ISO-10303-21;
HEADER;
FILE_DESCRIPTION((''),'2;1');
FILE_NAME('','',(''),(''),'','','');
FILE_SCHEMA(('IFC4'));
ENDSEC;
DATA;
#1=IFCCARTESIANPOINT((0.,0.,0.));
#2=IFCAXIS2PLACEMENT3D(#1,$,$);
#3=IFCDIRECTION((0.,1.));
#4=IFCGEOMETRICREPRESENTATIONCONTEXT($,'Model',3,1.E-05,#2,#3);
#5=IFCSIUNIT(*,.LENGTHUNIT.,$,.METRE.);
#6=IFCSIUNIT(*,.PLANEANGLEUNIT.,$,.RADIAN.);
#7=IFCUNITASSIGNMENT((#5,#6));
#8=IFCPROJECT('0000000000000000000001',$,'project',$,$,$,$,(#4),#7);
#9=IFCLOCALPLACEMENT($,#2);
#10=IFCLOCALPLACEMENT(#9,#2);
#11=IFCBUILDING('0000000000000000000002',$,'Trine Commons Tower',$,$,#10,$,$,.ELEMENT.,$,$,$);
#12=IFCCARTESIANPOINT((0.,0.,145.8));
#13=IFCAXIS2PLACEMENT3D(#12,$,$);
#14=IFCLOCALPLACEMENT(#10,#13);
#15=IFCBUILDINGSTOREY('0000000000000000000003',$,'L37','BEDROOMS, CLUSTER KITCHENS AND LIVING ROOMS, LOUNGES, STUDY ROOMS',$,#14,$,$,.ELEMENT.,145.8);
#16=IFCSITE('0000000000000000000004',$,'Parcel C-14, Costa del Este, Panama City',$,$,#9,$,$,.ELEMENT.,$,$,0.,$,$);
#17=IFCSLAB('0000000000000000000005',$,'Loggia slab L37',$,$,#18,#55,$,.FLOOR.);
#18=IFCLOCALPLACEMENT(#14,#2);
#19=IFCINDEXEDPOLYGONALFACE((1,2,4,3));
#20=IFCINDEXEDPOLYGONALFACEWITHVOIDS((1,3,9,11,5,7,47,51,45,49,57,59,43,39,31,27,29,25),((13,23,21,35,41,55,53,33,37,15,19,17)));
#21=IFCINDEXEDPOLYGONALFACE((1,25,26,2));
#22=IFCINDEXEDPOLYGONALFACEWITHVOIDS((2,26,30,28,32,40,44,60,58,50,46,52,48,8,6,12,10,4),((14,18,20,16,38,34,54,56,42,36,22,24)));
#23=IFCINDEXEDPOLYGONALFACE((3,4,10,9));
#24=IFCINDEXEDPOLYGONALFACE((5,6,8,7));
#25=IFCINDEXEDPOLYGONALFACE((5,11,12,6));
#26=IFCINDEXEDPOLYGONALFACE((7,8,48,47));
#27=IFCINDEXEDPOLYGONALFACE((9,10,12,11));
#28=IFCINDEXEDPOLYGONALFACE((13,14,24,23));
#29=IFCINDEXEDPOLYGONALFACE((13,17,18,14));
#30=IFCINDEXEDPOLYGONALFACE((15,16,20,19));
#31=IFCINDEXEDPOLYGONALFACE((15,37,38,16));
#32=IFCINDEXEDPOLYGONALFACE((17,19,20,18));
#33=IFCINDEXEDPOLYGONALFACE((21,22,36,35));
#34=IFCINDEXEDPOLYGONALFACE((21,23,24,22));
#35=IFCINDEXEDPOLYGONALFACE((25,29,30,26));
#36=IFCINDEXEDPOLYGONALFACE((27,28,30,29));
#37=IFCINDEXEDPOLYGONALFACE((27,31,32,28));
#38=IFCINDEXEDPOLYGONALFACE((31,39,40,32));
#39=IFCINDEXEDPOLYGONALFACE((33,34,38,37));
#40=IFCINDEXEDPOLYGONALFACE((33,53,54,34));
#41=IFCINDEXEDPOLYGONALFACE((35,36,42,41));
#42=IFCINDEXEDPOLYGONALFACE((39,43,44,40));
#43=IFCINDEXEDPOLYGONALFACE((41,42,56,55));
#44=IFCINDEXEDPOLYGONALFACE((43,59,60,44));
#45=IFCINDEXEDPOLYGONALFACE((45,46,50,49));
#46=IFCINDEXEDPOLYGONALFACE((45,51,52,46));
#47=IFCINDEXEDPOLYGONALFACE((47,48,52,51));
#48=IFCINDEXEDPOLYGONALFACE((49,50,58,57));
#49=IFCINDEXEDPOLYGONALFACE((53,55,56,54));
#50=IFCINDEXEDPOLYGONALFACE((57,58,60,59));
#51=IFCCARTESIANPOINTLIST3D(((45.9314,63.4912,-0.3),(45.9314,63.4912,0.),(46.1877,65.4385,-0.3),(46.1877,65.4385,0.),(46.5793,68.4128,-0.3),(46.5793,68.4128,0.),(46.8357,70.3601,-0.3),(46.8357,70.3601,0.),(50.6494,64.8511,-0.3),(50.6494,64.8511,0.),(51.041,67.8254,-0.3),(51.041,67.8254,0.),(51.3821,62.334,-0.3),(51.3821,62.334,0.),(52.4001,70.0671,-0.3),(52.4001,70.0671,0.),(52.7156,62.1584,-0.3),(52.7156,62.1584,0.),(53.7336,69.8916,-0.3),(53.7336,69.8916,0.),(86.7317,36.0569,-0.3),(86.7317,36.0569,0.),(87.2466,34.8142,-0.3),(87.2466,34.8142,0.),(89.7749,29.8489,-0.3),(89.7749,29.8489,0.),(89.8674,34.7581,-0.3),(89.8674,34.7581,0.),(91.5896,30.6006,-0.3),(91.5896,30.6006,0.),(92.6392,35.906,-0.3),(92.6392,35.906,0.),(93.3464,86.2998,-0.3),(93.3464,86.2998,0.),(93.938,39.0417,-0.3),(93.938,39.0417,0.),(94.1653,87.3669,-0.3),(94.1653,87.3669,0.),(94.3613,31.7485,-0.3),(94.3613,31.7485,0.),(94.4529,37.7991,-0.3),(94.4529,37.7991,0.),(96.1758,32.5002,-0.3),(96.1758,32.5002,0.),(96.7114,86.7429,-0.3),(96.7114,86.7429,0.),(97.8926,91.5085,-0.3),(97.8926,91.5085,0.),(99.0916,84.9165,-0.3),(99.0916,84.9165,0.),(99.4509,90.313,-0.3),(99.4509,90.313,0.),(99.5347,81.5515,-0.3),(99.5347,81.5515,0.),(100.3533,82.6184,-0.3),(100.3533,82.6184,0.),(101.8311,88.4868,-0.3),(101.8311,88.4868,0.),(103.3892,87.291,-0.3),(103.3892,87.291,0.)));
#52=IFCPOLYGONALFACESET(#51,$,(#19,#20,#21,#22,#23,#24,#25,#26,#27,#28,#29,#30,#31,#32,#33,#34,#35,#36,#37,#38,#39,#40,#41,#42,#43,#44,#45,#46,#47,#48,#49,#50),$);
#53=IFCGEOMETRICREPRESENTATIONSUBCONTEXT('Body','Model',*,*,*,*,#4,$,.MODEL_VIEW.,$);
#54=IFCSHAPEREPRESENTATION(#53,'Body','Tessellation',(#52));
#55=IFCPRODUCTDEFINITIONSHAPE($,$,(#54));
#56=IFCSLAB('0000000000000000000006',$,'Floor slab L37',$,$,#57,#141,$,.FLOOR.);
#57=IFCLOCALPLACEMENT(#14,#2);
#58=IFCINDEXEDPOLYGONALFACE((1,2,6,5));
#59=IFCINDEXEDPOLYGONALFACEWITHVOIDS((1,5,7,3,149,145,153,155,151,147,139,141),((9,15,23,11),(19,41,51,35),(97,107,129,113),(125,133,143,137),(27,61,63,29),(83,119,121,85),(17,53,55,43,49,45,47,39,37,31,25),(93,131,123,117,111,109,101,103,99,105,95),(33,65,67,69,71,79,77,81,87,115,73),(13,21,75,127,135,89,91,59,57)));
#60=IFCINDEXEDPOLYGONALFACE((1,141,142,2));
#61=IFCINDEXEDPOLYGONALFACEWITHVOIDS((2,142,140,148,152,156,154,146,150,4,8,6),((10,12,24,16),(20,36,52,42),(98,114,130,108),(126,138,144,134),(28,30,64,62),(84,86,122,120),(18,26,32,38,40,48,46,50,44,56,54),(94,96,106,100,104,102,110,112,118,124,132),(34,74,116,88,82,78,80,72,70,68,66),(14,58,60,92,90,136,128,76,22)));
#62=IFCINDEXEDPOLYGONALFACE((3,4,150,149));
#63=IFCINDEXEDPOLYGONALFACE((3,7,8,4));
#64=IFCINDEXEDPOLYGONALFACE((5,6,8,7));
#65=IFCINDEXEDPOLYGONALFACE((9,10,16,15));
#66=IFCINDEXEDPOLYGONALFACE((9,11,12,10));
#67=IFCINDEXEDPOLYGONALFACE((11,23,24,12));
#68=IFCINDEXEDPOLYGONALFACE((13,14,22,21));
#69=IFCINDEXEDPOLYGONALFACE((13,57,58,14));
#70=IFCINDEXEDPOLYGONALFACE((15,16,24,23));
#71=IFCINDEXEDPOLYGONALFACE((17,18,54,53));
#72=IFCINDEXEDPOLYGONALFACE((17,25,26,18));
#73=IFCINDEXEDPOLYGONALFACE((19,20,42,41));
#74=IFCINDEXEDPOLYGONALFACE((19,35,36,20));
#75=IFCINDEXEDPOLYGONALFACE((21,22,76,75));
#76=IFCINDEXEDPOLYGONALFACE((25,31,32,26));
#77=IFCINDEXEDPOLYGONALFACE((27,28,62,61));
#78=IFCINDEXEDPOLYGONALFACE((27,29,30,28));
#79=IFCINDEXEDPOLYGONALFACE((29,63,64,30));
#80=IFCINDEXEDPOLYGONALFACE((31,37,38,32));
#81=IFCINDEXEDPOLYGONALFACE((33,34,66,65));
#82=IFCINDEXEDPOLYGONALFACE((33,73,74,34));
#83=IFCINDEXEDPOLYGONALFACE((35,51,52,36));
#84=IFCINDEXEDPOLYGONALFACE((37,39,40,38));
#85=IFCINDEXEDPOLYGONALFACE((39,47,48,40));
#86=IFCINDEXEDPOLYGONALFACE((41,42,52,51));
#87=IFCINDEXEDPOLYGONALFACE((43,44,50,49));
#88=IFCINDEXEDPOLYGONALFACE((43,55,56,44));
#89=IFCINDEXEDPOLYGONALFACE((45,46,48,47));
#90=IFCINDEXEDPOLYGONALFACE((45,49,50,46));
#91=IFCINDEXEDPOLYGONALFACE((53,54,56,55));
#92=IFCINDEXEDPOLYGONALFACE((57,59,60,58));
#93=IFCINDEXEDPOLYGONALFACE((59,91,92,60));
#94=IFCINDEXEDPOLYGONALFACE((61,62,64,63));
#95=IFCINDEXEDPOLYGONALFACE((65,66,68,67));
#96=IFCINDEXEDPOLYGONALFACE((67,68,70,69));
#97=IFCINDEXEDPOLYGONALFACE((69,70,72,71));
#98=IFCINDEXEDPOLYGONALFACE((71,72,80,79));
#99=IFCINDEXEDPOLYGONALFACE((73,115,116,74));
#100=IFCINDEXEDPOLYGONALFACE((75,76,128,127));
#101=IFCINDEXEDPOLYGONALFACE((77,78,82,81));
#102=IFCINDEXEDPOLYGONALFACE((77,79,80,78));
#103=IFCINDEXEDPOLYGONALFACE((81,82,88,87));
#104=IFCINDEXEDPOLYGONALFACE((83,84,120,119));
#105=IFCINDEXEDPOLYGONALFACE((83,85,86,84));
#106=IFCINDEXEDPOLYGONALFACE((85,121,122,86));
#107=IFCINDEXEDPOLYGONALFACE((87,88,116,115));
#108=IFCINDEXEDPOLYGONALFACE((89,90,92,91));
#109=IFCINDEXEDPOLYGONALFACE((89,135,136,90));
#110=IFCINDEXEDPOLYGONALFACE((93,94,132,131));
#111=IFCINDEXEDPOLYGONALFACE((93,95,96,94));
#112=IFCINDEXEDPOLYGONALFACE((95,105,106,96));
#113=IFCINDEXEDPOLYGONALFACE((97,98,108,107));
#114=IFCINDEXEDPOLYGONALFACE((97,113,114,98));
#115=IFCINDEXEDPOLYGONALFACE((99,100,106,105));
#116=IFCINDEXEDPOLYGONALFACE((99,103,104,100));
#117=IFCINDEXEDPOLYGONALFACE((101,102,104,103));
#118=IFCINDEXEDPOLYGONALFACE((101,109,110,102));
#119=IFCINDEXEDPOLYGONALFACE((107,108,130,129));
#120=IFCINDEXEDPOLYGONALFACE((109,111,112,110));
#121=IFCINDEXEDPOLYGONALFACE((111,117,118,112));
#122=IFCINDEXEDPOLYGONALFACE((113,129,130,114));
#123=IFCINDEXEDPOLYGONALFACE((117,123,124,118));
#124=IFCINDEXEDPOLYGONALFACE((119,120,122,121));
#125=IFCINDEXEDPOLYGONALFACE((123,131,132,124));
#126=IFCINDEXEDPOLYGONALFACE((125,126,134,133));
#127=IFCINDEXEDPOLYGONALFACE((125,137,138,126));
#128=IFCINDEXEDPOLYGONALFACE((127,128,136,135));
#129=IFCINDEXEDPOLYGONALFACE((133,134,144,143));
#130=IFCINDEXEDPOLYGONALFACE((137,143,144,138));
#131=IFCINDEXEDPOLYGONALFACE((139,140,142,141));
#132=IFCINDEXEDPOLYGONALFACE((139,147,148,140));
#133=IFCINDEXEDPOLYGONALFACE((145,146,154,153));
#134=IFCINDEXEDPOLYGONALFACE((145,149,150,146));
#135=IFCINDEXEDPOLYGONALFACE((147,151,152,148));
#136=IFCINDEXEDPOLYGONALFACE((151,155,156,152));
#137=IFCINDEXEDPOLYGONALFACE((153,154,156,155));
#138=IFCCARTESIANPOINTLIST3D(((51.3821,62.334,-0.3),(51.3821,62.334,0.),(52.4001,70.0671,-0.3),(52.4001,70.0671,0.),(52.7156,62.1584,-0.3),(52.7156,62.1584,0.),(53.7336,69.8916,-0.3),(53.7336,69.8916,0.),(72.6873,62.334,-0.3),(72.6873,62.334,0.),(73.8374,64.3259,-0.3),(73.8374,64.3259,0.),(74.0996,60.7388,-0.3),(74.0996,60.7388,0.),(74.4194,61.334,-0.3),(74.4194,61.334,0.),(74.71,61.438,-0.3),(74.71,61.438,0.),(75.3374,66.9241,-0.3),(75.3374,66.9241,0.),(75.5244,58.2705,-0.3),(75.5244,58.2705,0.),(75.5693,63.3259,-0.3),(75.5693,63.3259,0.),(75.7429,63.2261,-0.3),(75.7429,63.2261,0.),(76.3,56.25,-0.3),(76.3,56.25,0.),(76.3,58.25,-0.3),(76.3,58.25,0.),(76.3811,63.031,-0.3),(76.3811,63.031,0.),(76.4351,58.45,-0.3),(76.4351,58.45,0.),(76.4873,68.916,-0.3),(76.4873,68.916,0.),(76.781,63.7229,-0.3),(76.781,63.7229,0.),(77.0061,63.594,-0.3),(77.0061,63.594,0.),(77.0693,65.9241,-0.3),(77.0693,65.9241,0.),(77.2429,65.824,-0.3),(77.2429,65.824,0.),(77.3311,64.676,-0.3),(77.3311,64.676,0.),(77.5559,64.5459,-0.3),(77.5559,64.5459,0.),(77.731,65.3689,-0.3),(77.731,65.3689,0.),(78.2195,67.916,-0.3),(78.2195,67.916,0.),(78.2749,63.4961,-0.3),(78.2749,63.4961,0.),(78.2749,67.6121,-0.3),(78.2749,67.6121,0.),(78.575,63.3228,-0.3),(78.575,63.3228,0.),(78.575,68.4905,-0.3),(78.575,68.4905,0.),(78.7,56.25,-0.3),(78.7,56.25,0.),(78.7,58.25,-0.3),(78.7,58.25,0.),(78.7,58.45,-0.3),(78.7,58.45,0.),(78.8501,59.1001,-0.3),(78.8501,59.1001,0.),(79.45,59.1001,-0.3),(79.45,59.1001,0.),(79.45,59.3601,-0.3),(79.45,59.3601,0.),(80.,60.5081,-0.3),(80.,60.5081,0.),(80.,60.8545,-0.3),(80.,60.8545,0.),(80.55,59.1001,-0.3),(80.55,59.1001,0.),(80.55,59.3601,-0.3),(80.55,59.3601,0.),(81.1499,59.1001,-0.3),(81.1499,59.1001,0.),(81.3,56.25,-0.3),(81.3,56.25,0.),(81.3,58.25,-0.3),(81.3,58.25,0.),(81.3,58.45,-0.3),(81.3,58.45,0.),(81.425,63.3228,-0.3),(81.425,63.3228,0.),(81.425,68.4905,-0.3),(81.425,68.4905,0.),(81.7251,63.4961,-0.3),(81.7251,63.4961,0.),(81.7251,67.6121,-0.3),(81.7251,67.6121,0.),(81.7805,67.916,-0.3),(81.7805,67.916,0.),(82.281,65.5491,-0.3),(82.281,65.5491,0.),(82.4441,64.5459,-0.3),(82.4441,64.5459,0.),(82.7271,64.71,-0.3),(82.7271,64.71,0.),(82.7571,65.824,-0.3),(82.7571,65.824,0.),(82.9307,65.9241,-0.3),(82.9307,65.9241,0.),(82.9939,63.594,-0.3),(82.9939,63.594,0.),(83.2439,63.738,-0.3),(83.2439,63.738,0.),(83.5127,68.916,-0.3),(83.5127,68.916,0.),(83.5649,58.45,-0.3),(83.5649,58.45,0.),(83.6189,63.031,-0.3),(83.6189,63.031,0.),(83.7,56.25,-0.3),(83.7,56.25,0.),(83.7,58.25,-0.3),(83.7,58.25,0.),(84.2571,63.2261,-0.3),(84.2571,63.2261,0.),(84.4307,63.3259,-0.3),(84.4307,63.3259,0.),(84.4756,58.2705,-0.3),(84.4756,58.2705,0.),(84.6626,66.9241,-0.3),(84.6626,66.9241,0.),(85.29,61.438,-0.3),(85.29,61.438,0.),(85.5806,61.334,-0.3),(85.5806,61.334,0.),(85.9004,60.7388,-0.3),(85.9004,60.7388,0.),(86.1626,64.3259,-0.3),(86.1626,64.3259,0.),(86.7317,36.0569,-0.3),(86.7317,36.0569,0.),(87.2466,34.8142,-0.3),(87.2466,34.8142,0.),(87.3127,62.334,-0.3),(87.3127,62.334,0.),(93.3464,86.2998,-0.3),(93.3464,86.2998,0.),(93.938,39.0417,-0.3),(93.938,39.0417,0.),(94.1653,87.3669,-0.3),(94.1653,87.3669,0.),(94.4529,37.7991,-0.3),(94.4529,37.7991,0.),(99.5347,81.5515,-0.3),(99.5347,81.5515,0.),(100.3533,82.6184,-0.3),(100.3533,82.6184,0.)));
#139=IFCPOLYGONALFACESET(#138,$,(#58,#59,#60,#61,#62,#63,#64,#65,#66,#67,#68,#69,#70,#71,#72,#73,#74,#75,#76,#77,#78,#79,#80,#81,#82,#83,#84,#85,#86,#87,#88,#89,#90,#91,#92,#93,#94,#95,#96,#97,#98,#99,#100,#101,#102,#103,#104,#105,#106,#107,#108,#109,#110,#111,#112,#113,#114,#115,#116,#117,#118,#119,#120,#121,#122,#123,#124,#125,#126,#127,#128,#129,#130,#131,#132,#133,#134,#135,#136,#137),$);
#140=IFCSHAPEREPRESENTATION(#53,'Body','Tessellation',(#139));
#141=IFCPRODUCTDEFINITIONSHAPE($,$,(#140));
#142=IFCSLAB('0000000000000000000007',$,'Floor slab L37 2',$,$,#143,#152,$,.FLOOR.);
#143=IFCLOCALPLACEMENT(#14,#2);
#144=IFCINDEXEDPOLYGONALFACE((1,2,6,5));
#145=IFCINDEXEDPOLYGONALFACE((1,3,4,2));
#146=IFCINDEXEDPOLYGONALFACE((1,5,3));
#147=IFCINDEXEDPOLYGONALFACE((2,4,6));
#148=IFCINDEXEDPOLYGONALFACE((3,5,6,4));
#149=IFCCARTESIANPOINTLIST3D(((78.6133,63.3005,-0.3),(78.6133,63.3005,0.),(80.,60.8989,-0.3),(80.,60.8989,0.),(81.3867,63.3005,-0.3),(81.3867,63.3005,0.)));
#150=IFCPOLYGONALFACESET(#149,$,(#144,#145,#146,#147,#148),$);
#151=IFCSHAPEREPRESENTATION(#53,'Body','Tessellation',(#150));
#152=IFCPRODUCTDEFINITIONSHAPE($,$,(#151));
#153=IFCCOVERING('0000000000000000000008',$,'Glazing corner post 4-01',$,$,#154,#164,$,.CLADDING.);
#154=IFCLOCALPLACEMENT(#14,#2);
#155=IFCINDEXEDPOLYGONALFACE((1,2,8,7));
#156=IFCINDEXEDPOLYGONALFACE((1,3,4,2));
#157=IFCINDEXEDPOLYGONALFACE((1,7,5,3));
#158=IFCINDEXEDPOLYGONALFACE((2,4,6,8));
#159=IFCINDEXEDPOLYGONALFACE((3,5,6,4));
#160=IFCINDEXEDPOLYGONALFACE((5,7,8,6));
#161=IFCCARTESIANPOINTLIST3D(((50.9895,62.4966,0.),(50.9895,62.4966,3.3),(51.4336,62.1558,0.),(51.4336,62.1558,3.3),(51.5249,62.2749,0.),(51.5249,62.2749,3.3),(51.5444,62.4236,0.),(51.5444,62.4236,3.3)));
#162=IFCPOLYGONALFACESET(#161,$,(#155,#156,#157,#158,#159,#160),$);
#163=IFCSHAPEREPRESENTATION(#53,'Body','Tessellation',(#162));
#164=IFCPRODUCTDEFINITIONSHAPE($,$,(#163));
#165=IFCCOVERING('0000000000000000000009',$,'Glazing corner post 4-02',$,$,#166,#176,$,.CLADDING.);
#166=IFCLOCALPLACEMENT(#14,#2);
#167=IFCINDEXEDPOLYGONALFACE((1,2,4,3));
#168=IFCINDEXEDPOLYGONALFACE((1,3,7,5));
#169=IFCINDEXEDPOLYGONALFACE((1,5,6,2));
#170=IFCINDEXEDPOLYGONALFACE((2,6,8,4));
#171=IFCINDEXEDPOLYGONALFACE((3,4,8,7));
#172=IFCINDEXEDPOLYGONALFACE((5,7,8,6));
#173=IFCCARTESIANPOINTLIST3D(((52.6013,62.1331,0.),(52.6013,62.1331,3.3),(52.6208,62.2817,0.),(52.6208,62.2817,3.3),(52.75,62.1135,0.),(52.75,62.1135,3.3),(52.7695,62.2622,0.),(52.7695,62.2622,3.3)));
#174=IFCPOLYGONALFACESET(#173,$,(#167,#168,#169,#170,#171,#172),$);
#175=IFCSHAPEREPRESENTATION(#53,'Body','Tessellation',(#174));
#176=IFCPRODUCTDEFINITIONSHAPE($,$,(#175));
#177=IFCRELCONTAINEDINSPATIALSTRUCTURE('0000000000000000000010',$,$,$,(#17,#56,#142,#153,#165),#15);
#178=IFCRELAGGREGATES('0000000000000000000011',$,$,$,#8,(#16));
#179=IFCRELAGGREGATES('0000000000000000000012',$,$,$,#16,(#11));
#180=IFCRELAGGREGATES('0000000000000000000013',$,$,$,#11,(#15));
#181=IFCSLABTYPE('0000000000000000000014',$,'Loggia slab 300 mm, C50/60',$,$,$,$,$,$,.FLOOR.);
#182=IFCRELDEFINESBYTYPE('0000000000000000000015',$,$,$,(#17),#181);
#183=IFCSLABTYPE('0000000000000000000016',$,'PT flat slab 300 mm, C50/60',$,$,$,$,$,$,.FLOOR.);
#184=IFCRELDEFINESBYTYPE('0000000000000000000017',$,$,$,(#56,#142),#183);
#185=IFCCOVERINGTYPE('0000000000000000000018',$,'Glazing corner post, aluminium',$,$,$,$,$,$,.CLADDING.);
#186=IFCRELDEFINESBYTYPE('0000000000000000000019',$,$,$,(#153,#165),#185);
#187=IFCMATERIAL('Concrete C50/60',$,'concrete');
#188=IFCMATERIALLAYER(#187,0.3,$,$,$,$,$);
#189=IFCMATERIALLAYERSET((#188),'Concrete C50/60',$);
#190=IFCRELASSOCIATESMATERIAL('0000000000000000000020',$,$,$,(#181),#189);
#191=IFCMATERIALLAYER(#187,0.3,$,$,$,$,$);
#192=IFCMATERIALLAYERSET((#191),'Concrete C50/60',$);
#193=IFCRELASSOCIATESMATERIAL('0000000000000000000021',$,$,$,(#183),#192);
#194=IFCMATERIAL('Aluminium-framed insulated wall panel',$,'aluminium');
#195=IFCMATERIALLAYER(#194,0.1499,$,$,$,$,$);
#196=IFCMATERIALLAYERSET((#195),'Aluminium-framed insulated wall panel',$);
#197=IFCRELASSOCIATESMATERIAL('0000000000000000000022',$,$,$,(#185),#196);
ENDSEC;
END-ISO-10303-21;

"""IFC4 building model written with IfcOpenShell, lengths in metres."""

from ifc_helpers import new_model, si_unit, direction, frame, origin, place, context, subcontext, project, spatial, polyline, outline, extrude, material, layer, layer_set, type_object, element, save


model = new_model("IFC4")

# Units and contexts
model_context = context("Model", 3, precision=1e-05, world=origin(), true_north=direction((0.0, 1.0)))
body_context = subcontext(model_context, "Body", "Model", "MODEL_VIEW")
ifc_project = project(units=[si_unit("LENGTHUNIT", "METRE"), si_unit("PLANEANGLEUNIT", "RADIAN")], contexts=[model_context])

# Site, building, storey
site_placement = place(None, origin())
site = spatial("IfcSite", under=ifc_project, at=site_placement, Name="Parcel C-14, Costa del Este, Panama City", CompositionType="ELEMENT", RefElevation=0.0)
building_placement = place(site_placement, origin())
building = spatial("IfcBuilding", under=site, at=building_placement, Name="Trine Commons Tower", CompositionType="ELEMENT")
storey_placement = place(building_placement, frame((0.0, 0.0, 145.8)))
storey = spatial("IfcBuildingStorey", under=building, at=storey_placement, Name="L37", Description="BEDROOMS, CLUSTER KITCHENS AND LIVING ROOMS, LOUNGES, STUDY ROOMS", CompositionType="ELEMENT", Elevation=145.8)

# Slabs
ifc_material_1 = material(Name="Concrete C50/60", Category="concrete")
ifc_layer_1 = layer(ifc_material_1, 0.3)
ifc_layer_set_1 = layer_set([ifc_layer_1], Name="Concrete C50/60")
slab_type_1 = type_object("IfcSlabType", Name="Loggia slab 300 mm, C50/60", PredefinedType="FLOOR", material=ifc_layer_set_1)
slab_1_placement = place(storey_placement, frame((0.0, 0.0, -0.3)))
element("IfcSlab", 1, at=slab_1_placement, inside=storey, type_object=slab_type_1, Name="Loggia slab L37", PredefinedType="FLOOR", context=body_context, shape_type="SweptSolid", body=[
    extrude(outline(polyline([(96.1758, 32.5002), (103.3892, 87.291), (101.8311, 88.4868), (99.0916, 84.9165), (96.7114, 86.7429), (99.4509, 90.313), (97.8926, 91.5085), (46.8357, 70.3601), (46.5793, 68.4128), (51.041, 67.8254), (50.6494, 64.8511), (46.1877, 65.4385), (45.9314, 63.4912), (89.7749, 29.8489), (91.5896, 30.6006), (89.8674, 34.7581), (92.6392, 35.906), (94.3613, 31.7485), (96.1758, 32.5002)]), holes=[polyline([(87.2466, 34.8142), (86.7317, 36.0569), (93.938, 39.0417), (94.4529, 37.7991), (100.3533, 82.6184), (99.5347, 81.5515), (93.3464, 86.2998), (94.1653, 87.3669), (52.4001, 70.0671), (53.7336, 69.8916), (52.7156, 62.1584), (51.3821, 62.334), (87.2466, 34.8142)])]), origin(), (0.0, 0.0, 1.0), 0.3),
])
ifc_layer_2 = layer(ifc_material_1, 0.3)
ifc_layer_set_2 = layer_set([ifc_layer_2], Name="Concrete C50/60")
slab_type_2 = type_object("IfcSlabType", Name="PT flat slab 300 mm, C50/60", PredefinedType="FLOOR", material=ifc_layer_set_2)
slab_2_placement = place(storey_placement, frame((0.0, 0.0, -0.3)))
element("IfcSlab", 2, at=slab_2_placement, inside=storey, type_object=slab_type_2, Name="Floor slab L37", PredefinedType="FLOOR", context=body_context, shape_type="SweptSolid", body=[
    extrude(outline(polyline([(51.3821, 62.334), (87.2466, 34.8142), (86.7317, 36.0569), (93.938, 39.0417), (94.4529, 37.7991), (100.3533, 82.6184), (99.5347, 81.5515), (93.3464, 86.2998), (94.1653, 87.3669), (52.4001, 70.0671), (53.7336, 69.8916), (52.7156, 62.1584), (51.3821, 62.334)]), holes=[polyline([(78.7, 56.25), (78.7, 58.25), (76.3, 58.25), (76.3, 56.25), (78.7, 56.25)]), polyline([(80.0, 60.8545), (84.4756, 58.2705), (85.9004, 60.7388), (81.425, 63.3228), (81.425, 68.4905), (78.575, 68.4905), (78.575, 63.3228), (74.0996, 60.7388), (75.5244, 58.2705), (80.0, 60.8545)]), polyline([(73.8374, 64.3259), (72.6873, 62.334), (74.4194, 61.334), (75.5693, 63.3259), (73.8374, 64.3259)]), polyline([(76.3811, 63.031), (75.7429, 63.2261), (74.71, 61.438), (78.2749, 63.4961), (78.2749, 67.6121), (77.2429, 65.824), (77.731, 65.3689), (77.3311, 64.676), (77.5559, 64.5459), (77.0061, 63.594), (76.781, 63.7229), (76.3811, 63.031)]), polyline([(76.4873, 68.916), (75.3374, 66.9241), (77.0693, 65.9241), (78.2195, 67.916), (76.4873, 68.916)]), polyline([(83.7, 56.25), (83.7, 58.25), (81.3, 58.25), (81.3, 56.25), (83.7, 56.25)]), polyline([(81.1499, 59.1001), (81.3, 58.45), (83.5649, 58.45), (80.0, 60.5081), (76.4351, 58.45), (78.7, 58.45), (78.8501, 59.1001), (79.45, 59.1001), (79.45, 59.3601), (80.55, 59.3601), (80.55, 59.1001), (81.1499, 59.1001)]), polyline([(86.1626, 64.3259), (84.4307, 63.3259), (85.5806, 61.334), (87.3127, 62.334), (86.1626, 64.3259)]), polyline([(83.2439, 63.738), (82.9939, 63.594), (82.4441, 64.5459), (82.7271, 64.71), (82.281, 65.5491), (82.7571, 65.824), (81.7251, 67.6121), (81.7251, 63.4961), (85.29, 61.438), (84.2571, 63.2261), (83.6189, 63.031), (83.2439, 63.738)]), polyline([(84.6626, 66.9241), (83.5127, 68.916), (81.7805, 67.916), (82.9307, 65.9241), (84.6626, 66.9241)])]), origin(), (0.0, 0.0, 1.0), 0.3),
])
slab_3_placement = place(storey_placement, frame((0.0, 0.0, -0.3)))
element("IfcSlab", 3, at=slab_3_placement, inside=storey, type_object=slab_type_2, Name="Floor slab L37 2", PredefinedType="FLOOR", context=body_context, shape_type="SweptSolid", body=[
    extrude(outline(polyline([(78.6133, 63.3005), (80.0, 60.8989), (81.3867, 63.3005), (78.6133, 63.3005)])), origin(), (0.0, 0.0, 1.0), 0.3),
])

# Coverings
ifc_material_2 = material(Name="Aluminium-framed insulated wall panel", Category="aluminium")
ifc_layer_3 = layer(ifc_material_2, 0.1499)
ifc_layer_set_3 = layer_set([ifc_layer_3], Name="Aluminium-framed insulated wall panel")
covering_type_1 = type_object("IfcCoveringType", Name="Glazing corner post, aluminium", PredefinedType="CLADDING", material=ifc_layer_set_3)
covering_1_placement = place(storey_placement, origin())
element("IfcCovering", 4, at=covering_1_placement, inside=storey, type_object=covering_type_1, Name="Glazing corner post 4-01", PredefinedType="CLADDING", context=body_context, shape_type="SweptSolid", body=[
    extrude(outline(polyline([(51.4336, 62.1558), (51.5249, 62.2749), (51.5444, 62.4236), (50.9895, 62.4966), (51.4336, 62.1558)])), origin(), (0.0, 0.0, 1.0), 3.3),
])
covering_2_placement = place(storey_placement, origin())
element("IfcCovering", 5, at=covering_2_placement, inside=storey, type_object=covering_type_1, Name="Glazing corner post 4-02", PredefinedType="CLADDING", context=body_context, shape_type="SweptSolid", body=[
    extrude(outline(polyline([(52.6013, 62.1331), (52.75, 62.1135), (52.7695, 62.2622), (52.6208, 62.2817), (52.6013, 62.1331)])), origin(), (0.0, 0.0, 1.0), 3.3),
])

save(model, "model.ifc")
